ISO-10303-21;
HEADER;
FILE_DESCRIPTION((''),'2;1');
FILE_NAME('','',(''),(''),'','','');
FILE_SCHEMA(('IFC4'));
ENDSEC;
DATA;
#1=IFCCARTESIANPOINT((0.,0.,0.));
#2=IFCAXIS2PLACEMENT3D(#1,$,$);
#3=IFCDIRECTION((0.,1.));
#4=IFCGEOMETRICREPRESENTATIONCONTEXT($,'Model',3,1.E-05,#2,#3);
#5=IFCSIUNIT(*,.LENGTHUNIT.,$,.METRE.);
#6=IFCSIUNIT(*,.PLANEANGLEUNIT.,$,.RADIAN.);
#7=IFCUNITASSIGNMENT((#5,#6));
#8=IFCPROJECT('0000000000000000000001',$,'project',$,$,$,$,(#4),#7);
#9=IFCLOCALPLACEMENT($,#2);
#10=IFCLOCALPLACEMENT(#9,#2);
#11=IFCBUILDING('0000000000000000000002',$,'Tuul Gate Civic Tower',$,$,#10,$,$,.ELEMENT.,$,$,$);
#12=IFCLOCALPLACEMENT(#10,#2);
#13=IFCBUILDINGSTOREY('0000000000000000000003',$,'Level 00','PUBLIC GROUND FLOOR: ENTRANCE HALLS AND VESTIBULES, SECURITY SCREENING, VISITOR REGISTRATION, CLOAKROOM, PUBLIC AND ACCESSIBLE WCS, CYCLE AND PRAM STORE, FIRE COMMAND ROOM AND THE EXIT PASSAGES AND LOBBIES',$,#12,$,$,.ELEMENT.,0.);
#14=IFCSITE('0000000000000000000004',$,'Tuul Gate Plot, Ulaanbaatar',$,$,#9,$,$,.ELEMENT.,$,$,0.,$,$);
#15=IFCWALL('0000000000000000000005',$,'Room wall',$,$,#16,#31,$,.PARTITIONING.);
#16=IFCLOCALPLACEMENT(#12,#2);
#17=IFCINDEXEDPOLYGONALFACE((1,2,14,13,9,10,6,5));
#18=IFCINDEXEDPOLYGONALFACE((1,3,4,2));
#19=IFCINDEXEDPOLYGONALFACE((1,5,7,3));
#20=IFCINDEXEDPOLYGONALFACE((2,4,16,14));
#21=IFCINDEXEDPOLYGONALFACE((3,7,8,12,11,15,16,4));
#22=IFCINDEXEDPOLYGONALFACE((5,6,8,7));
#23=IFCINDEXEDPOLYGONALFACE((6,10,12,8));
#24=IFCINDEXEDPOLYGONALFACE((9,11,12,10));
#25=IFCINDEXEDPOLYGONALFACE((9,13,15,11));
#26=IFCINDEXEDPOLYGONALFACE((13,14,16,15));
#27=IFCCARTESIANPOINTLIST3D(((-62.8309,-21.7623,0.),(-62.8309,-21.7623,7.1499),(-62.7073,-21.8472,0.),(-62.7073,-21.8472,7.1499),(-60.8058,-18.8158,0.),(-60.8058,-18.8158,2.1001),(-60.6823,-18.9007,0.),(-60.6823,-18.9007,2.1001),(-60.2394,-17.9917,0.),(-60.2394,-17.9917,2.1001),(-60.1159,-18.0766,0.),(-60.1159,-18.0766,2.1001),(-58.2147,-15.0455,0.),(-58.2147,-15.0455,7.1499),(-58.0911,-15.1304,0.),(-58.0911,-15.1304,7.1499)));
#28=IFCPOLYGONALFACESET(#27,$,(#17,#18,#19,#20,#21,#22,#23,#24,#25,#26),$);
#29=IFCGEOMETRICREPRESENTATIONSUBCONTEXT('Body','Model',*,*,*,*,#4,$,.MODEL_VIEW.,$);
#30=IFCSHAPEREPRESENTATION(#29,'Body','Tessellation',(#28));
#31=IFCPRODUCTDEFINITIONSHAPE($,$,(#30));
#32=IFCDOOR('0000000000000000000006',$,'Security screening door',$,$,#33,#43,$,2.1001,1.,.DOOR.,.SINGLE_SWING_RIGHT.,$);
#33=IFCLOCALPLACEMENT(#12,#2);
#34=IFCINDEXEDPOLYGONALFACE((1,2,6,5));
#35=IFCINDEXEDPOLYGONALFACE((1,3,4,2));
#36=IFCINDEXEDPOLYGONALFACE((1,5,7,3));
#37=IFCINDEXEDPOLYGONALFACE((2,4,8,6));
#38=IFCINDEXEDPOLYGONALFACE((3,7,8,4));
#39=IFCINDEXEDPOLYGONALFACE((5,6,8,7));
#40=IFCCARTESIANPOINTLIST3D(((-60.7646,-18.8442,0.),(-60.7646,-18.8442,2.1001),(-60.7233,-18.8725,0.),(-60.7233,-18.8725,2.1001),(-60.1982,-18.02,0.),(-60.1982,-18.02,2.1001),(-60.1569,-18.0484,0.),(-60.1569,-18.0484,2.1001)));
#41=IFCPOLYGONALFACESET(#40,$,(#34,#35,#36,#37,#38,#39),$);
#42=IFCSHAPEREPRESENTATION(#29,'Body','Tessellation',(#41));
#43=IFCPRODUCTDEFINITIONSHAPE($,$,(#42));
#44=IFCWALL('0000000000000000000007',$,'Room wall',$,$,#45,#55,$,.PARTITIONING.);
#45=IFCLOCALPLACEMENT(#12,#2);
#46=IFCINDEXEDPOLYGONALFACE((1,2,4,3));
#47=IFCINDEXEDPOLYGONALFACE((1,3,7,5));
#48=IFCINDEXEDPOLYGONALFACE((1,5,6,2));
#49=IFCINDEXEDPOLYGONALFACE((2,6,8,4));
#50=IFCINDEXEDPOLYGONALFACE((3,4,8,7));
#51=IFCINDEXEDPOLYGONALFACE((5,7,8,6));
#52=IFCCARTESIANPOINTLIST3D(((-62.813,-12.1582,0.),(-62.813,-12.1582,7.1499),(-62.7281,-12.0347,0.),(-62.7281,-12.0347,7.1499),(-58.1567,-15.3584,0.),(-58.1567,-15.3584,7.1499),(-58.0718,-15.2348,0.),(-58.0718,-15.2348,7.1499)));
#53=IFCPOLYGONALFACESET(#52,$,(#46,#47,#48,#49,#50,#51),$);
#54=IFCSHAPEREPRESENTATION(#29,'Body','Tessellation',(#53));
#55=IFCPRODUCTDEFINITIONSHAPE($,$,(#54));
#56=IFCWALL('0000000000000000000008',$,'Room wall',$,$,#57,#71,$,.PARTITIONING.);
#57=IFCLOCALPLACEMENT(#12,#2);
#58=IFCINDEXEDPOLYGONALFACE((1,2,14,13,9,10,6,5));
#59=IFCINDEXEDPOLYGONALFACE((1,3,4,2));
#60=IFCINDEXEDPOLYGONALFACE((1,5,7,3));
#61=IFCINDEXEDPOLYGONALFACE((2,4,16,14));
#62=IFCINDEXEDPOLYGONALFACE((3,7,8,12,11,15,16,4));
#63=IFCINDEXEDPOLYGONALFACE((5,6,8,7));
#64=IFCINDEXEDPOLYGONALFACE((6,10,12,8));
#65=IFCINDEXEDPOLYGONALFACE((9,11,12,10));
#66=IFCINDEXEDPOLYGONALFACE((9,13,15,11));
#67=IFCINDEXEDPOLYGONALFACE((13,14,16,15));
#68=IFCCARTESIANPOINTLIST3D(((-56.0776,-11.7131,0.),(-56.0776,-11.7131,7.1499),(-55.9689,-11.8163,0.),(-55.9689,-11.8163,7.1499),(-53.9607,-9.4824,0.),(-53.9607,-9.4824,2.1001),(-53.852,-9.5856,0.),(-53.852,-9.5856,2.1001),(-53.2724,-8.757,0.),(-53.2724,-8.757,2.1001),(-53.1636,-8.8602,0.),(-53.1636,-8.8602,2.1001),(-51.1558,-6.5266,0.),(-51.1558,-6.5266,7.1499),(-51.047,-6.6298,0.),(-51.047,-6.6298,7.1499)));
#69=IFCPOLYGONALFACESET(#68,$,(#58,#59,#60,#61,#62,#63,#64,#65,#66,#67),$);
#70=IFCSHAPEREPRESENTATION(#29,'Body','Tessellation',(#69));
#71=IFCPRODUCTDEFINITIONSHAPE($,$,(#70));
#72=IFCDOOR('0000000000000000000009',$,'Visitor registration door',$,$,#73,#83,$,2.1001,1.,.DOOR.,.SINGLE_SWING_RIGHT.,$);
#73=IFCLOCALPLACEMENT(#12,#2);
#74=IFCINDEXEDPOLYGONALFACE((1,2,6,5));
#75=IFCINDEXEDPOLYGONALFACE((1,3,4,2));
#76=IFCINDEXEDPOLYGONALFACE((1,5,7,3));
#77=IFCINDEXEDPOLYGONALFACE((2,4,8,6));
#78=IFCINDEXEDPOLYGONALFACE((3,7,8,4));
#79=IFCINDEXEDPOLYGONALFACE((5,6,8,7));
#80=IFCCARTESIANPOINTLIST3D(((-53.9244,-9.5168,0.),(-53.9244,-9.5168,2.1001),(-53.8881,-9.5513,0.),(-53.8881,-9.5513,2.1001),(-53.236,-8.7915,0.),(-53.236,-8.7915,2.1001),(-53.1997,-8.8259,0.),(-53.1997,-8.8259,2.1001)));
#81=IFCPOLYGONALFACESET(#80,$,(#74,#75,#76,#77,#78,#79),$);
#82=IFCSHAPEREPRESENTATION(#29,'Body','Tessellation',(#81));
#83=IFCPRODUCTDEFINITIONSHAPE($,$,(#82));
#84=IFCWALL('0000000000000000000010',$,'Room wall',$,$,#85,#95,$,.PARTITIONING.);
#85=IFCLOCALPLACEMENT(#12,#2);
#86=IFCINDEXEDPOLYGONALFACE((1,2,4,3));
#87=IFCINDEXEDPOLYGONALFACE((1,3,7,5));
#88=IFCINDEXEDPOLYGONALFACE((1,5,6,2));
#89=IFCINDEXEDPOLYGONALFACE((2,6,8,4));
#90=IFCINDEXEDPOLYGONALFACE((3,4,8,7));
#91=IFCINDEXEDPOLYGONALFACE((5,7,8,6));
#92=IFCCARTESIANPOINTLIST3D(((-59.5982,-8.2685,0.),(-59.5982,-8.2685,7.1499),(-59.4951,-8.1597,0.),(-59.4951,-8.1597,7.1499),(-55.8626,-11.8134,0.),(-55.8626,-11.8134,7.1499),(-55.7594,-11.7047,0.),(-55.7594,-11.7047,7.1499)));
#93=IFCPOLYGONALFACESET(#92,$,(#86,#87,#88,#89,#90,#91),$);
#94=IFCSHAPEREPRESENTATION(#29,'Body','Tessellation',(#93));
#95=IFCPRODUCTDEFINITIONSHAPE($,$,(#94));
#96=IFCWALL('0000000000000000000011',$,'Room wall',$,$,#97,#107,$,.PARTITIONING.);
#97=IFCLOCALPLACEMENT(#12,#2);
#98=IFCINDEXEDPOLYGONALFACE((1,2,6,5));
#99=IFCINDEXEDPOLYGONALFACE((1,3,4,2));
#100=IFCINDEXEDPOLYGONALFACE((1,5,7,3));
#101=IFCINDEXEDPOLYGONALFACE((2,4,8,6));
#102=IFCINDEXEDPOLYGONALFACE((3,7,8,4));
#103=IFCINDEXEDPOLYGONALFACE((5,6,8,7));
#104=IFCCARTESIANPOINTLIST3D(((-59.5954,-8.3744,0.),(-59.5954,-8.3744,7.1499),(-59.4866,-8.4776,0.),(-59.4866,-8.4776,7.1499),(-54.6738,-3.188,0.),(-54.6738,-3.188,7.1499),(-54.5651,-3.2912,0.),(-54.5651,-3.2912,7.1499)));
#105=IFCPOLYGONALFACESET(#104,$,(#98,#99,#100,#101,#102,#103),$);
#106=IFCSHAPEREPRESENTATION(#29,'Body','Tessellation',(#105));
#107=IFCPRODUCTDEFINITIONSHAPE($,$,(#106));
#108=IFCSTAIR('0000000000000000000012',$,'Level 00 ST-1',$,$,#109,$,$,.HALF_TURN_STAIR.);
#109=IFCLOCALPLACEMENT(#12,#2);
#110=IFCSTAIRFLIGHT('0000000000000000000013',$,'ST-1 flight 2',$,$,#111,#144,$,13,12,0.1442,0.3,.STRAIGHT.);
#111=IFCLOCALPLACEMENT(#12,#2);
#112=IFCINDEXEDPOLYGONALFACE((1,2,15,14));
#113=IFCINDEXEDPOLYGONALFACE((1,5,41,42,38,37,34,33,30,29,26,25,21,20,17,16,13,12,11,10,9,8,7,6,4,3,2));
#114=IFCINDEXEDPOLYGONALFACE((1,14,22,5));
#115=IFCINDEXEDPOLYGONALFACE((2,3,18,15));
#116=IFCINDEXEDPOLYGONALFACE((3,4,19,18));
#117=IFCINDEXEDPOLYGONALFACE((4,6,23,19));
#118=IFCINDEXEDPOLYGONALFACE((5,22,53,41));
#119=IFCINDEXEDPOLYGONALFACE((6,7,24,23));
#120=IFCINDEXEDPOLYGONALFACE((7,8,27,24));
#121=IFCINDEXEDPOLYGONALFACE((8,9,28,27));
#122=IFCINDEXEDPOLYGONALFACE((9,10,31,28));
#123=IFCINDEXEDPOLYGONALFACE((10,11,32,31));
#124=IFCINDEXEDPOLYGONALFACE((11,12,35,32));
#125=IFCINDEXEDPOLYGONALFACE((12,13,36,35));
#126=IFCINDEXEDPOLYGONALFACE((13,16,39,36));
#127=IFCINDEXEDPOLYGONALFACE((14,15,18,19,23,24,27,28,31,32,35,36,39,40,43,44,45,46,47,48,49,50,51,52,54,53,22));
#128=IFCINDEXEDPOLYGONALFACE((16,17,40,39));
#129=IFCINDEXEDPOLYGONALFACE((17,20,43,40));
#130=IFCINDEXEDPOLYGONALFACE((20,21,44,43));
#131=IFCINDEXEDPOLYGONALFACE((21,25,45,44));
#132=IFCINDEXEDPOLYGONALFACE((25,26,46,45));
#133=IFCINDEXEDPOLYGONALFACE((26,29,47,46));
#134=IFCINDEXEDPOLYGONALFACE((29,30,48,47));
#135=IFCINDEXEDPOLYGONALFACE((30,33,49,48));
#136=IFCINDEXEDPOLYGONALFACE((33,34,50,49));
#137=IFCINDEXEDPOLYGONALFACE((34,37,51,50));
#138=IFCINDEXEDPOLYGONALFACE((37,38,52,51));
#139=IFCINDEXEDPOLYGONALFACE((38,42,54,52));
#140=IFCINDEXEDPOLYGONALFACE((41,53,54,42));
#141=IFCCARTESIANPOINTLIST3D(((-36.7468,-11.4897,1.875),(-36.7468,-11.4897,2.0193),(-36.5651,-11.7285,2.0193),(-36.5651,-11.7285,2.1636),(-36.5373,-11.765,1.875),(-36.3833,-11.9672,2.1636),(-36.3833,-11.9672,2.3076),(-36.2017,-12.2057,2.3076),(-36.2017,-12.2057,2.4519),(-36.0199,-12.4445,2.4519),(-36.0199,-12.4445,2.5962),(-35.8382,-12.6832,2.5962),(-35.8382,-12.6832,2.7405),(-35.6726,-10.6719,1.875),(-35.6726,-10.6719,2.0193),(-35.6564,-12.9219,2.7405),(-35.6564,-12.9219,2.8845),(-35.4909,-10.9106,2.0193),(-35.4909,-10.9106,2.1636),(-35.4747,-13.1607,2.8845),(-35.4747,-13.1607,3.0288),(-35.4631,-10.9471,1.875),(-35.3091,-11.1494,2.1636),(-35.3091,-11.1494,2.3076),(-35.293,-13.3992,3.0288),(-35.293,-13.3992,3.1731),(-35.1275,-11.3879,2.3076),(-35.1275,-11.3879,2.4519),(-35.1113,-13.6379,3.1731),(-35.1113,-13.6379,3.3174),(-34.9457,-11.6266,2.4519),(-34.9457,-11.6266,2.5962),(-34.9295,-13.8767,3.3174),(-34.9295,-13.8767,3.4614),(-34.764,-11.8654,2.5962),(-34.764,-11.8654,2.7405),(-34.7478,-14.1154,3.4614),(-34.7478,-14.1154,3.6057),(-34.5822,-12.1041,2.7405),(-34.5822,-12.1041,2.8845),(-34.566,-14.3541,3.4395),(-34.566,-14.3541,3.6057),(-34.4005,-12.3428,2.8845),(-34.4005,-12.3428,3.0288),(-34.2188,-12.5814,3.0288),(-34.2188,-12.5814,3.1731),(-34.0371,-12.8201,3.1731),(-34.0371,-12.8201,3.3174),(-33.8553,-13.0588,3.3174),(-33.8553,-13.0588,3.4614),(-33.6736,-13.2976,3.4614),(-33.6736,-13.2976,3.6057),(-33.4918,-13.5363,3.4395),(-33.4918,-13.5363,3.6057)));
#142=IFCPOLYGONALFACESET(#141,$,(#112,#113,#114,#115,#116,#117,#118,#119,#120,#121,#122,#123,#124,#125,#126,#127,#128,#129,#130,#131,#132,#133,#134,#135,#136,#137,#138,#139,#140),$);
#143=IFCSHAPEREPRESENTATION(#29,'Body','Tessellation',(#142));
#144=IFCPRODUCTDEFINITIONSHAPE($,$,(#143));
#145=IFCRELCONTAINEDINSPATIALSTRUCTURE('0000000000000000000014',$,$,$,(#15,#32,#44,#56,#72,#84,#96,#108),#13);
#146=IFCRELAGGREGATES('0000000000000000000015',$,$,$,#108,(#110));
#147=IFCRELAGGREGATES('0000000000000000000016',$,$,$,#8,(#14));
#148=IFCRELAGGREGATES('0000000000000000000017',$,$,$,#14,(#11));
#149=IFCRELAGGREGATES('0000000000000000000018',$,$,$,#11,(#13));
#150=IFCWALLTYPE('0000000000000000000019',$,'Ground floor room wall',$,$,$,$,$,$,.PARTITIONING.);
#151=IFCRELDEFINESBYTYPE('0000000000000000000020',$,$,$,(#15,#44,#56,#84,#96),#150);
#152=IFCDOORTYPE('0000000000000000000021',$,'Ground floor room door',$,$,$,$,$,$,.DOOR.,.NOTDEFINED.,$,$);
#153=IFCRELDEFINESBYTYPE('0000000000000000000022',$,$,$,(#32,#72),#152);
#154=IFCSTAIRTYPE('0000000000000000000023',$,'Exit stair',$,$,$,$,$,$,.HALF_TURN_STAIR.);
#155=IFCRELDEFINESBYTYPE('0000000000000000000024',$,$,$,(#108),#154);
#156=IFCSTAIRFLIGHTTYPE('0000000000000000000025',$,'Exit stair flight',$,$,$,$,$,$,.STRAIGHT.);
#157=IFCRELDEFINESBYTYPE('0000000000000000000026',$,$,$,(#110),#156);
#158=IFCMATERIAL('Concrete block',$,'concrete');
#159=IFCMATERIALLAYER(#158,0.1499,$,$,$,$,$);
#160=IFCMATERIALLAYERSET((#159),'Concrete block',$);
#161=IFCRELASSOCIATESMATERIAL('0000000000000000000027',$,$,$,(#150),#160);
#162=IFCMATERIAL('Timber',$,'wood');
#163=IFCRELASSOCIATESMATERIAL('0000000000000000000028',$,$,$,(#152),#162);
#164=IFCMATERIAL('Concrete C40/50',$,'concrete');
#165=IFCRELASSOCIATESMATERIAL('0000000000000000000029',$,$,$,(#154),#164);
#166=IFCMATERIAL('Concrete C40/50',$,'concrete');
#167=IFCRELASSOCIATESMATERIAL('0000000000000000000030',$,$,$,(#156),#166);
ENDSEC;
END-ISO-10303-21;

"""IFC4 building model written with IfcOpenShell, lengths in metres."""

from ifc_helpers import new_model, si_unit, direction, frame, frame_2d, origin, place, context, subcontext, project, spatial, polyline, rectangle, outline, extrude, material, layer, layer_set, type_object, element, fill, aggregate, save


model = new_model("IFC4")

# Units and contexts
model_context = context("Model", 3, precision=1e-05, world=origin(), true_north=direction((0.0, 1.0)))
body_context = subcontext(model_context, "Body", "Model", "MODEL_VIEW")
ifc_project = project(units=[si_unit("LENGTHUNIT", "METRE"), si_unit("PLANEANGLEUNIT", "RADIAN")], contexts=[model_context])

# Site, building, storey
site_placement = place(None, origin())
site = spatial("IfcSite", under=ifc_project, at=site_placement, Name="Tuul Gate Plot, Ulaanbaatar", CompositionType="ELEMENT", RefElevation=0.0)
building_placement = place(site_placement, origin())
building = spatial("IfcBuilding", under=site, at=building_placement, Name="Tuul Gate Civic Tower", CompositionType="ELEMENT")
storey_placement = place(building_placement, origin())
storey = spatial("IfcBuildingStorey", under=building, at=storey_placement, Name="Level 00", Description="PUBLIC GROUND FLOOR: ENTRANCE HALLS AND VESTIBULES, SECURITY SCREENING, VISITOR REGISTRATION, CLOAKROOM, PUBLIC AND ACCESSIBLE WCS, CYCLE AND PRAM STORE, FIRE COMMAND ROOM AND THE EXIT PASSAGES AND LOBBIES", CompositionType="ELEMENT", Elevation=0.0)

# Wall, opening, door
ifc_material_1 = material(Name="Concrete block", Category="concrete")
ifc_layer_1 = layer(ifc_material_1, 0.1499)
ifc_layer_set_1 = layer_set([ifc_layer_1], Name="Concrete block")
wall_type_1 = type_object("IfcWallType", Name="Ground floor room wall", PredefinedType="PARTITIONING", material=ifc_layer_set_1)
wall_1_placement = place(storey_placement, frame((-58.1528, -15.0879, 0.0), z_axis=(0.0, 0.0, 1.0), x_axis=(-0.566397, -0.824133, 0.0)))
wall_1 = element("IfcWall", 1, at=wall_1_placement, inside=storey, type_object=wall_type_1, Name="Room wall", PredefinedType="PARTITIONING", context=body_context, shape_type="SweptSolid", body=[
    extrude(rectangle(XDim=8.1501, YDim=0.1499, at=frame_2d((4.0752, 0.0))), origin(), (0.0, 0.0, 1.0), 7.1499),
])
opening_1_placement = place(wall_1_placement, frame((3.575, 0.0, 0.0)))
opening_1 = element("IfcOpeningElement", 2, at=opening_1_placement, cuts=wall_1, PredefinedType="OPENING", context=body_context, shape_type="SweptSolid", body=[
    extrude(rectangle(XDim=1.0, YDim=2.1001, at=frame_2d((0.5, 1.05))), frame((0.0, 0.085, 0.0), z_axis=(0.0, -1.0, 0.0), x_axis=(1.0, 0.0, 0.0)), (0.0, 0.0, 1.0), 0.1699),
])
ifc_material_2 = material(Name="Timber", Category="wood")
door_type = type_object("IfcDoorType", Name="Ground floor room door", OperationType="NOTDEFINED", PredefinedType="DOOR", material=ifc_material_2)
door_1_placement = place(opening_1_placement, frame((1.0, 0.0, 0.0), z_axis=(0.0, 0.0, 1.0), x_axis=(-1.0, 0.0, 0.0)))
door_1 = element("IfcDoor", 3, at=door_1_placement, inside=storey, type_object=door_type, Name="Security screening door", OperationType="SINGLE_SWING_RIGHT", OverallHeight=2.1001, OverallWidth=1.0, PredefinedType="DOOR", context=body_context, shape_type="SweptSolid", body=[
    extrude(rectangle(XDim=1.0, YDim=2.1001, at=frame_2d((0.5, 1.05))), frame((0.0, 0.0249, 0.0), z_axis=(0.0, -1.0, 0.0), x_axis=(1.0, 0.0, 0.0)), (0.0, 0.0, 1.0), 0.05),
])
fill(opening_1, door_1)

# Wall
wall_2_placement = place(storey_placement, frame((-62.7705, -12.0964, 0.0), z_axis=(0.0, 0.0, 1.0), x_axis=(0.824123, -0.566411, 0.0)))
element("IfcWall", 4, at=wall_2_placement, inside=storey, type_object=wall_type_1, Name="Room wall", PredefinedType="PARTITIONING", context=body_context, shape_type="SweptSolid", body=[
    extrude(rectangle(XDim=5.6499, YDim=0.1499, at=frame_2d((2.825, 0.0))), origin(), (0.0, 0.0, 1.0), 7.1499),
])

# Wall, opening, door
wall_3_placement = place(storey_placement, frame((-51.1013, -6.5781, 0.0), z_axis=(0.0, 0.0, 1.0), x_axis=(-0.688358, -0.725371, 0.0)))
wall_3 = element("IfcWall", 5, at=wall_3_placement, inside=storey, type_object=wall_type_1, Name="Room wall", PredefinedType="PARTITIONING", context=body_context, shape_type="SweptSolid", body=[
    extrude(rectangle(XDim=7.1501, YDim=0.1499, at=frame_2d((3.5752, 0.0))), origin(), (0.0, 0.0, 1.0), 7.1499),
])
opening_2_placement = place(wall_3_placement, frame((3.075, 0.0, 0.0)))
opening_2 = element("IfcOpeningElement", 6, at=opening_2_placement, cuts=wall_3, PredefinedType="OPENING", context=body_context, shape_type="SweptSolid", body=[
    extrude(rectangle(XDim=1.0, YDim=2.1001, at=frame_2d((0.5, 1.05))), frame((0.0, 0.085, 0.0), z_axis=(0.0, -1.0, 0.0), x_axis=(1.0, 0.0, 0.0)), (0.0, 0.0, 1.0), 0.1699),
])
door_2_placement = place(opening_2_placement, frame((1.0, 0.0, 0.0), z_axis=(0.0, 0.0, 1.0), x_axis=(-1.0, 0.0, 0.0)))
door_2 = element("IfcDoor", 7, at=door_2_placement, inside=storey, type_object=door_type, Name="Visitor registration door", OperationType="SINGLE_SWING_RIGHT", OverallHeight=2.1001, OverallWidth=1.0, PredefinedType="DOOR", context=body_context, shape_type="SweptSolid", body=[
    extrude(rectangle(XDim=1.0, YDim=2.1001, at=frame_2d((0.5, 1.05))), frame((0.0, 0.0249, 0.0), z_axis=(0.0, -1.0, 0.0), x_axis=(1.0, 0.0, 0.0)), (0.0, 0.0, 1.0), 0.05),
])
fill(opening_2, door_2)

# Walls
wall_4_placement = place(storey_placement, frame((-55.811, -11.759, 0.0), z_axis=(0.0, 0.0, 1.0), x_axis=(-0.725377, 0.688352, 0.0)))
element("IfcWall", 8, at=wall_4_placement, inside=storey, type_object=wall_type_1, Name="Room wall", PredefinedType="PARTITIONING", context=body_context, shape_type="SweptSolid", body=[
    extrude(rectangle(XDim=5.1499, YDim=0.1499, at=frame_2d((2.575, 0.0))), origin(), (0.0, 0.0, 1.0), 7.1499),
])
wall_5_placement = place(storey_placement, frame((-59.541, -8.426, 0.0), z_axis=(0.0, 0.0, 1.0), x_axis=(0.68834, 0.725388, 0.0)))
element("IfcWall", 9, at=wall_5_placement, inside=storey, type_object=wall_type_1, Name="Room wall", PredefinedType="PARTITIONING", context=body_context, shape_type="SweptSolid", body=[
    extrude(rectangle(XDim=7.1499, YDim=0.1499, at=frame_2d((3.575, 0.0))), origin(), (0.0, 0.0, 1.0), 7.1499),
])

# Stair, stair flight
ifc_material_3 = material(Name="Concrete C40/50", Category="concrete")
stair_type = type_object("IfcStairType", Name="Exit stair", PredefinedType="HALF_TURN_STAIR", material=ifc_material_3)
stair_placement = place(storey_placement, origin())
stair = element("IfcStair", 10, at=stair_placement, inside=storey, type_object=stair_type, Name="Level 00 ST-1", PredefinedType="HALF_TURN_STAIR")
ifc_material_4 = material(Name="Concrete C40/50", Category="concrete")
stair_flight_type = type_object("IfcStairFlightType", Name="Exit stair flight", PredefinedType="STRAIGHT", material=ifc_material_4)
stair_flight_1_placement = place(storey_placement, frame((-36.2097, -11.0808, 1.875), z_axis=(0.0, 0.0, 1.0), x_axis=(0.605764, -0.795644, 0.0)))
stair_flight_1 = element("IfcStairFlight", 11, at=stair_flight_1_placement, type_object=stair_flight_type, Name="ST-1 flight 2", NumberOfRisers=13, NumberOfTreads=12, PredefinedType="STRAIGHT", RiserHeight=0.1442, TreadLength=0.3, context=body_context, shape_type="SweptSolid", body=[
    extrude(outline(polyline([(0.0, 0.0), (0.0, 0.1443), (0.3, 0.1443), (0.3, 0.2886), (0.6001, 0.2886), (0.6001, 0.4326), (0.8999, 0.4326), (0.8999, 0.5769), (1.2, 0.5769), (1.2, 0.7212), (1.5, 0.7212), (1.5, 0.8655), (1.8, 0.8655), (1.8, 1.0095), (2.1001, 1.0095), (2.1001, 1.1538), (2.3999, 1.1538), (2.3999, 1.2981), (2.7, 1.2981), (2.7, 1.4424), (3.0, 1.4424), (3.0, 1.5864), (3.3, 1.5864), (3.3, 1.7307), (3.6001, 1.7307), (3.6001, 1.875), (3.6001, 1.5645), (0.3459, 0.0), (0.0, 0.0)])), frame((0.0, 0.675, 0.0), z_axis=(0.0, -1.0, 0.0), x_axis=(1.0, 0.0, 0.0)), (0.0, 0.0, 1.0), 1.3501),
])
aggregate(stair, [stair_flight_1])

save(model, "model.ifc")
